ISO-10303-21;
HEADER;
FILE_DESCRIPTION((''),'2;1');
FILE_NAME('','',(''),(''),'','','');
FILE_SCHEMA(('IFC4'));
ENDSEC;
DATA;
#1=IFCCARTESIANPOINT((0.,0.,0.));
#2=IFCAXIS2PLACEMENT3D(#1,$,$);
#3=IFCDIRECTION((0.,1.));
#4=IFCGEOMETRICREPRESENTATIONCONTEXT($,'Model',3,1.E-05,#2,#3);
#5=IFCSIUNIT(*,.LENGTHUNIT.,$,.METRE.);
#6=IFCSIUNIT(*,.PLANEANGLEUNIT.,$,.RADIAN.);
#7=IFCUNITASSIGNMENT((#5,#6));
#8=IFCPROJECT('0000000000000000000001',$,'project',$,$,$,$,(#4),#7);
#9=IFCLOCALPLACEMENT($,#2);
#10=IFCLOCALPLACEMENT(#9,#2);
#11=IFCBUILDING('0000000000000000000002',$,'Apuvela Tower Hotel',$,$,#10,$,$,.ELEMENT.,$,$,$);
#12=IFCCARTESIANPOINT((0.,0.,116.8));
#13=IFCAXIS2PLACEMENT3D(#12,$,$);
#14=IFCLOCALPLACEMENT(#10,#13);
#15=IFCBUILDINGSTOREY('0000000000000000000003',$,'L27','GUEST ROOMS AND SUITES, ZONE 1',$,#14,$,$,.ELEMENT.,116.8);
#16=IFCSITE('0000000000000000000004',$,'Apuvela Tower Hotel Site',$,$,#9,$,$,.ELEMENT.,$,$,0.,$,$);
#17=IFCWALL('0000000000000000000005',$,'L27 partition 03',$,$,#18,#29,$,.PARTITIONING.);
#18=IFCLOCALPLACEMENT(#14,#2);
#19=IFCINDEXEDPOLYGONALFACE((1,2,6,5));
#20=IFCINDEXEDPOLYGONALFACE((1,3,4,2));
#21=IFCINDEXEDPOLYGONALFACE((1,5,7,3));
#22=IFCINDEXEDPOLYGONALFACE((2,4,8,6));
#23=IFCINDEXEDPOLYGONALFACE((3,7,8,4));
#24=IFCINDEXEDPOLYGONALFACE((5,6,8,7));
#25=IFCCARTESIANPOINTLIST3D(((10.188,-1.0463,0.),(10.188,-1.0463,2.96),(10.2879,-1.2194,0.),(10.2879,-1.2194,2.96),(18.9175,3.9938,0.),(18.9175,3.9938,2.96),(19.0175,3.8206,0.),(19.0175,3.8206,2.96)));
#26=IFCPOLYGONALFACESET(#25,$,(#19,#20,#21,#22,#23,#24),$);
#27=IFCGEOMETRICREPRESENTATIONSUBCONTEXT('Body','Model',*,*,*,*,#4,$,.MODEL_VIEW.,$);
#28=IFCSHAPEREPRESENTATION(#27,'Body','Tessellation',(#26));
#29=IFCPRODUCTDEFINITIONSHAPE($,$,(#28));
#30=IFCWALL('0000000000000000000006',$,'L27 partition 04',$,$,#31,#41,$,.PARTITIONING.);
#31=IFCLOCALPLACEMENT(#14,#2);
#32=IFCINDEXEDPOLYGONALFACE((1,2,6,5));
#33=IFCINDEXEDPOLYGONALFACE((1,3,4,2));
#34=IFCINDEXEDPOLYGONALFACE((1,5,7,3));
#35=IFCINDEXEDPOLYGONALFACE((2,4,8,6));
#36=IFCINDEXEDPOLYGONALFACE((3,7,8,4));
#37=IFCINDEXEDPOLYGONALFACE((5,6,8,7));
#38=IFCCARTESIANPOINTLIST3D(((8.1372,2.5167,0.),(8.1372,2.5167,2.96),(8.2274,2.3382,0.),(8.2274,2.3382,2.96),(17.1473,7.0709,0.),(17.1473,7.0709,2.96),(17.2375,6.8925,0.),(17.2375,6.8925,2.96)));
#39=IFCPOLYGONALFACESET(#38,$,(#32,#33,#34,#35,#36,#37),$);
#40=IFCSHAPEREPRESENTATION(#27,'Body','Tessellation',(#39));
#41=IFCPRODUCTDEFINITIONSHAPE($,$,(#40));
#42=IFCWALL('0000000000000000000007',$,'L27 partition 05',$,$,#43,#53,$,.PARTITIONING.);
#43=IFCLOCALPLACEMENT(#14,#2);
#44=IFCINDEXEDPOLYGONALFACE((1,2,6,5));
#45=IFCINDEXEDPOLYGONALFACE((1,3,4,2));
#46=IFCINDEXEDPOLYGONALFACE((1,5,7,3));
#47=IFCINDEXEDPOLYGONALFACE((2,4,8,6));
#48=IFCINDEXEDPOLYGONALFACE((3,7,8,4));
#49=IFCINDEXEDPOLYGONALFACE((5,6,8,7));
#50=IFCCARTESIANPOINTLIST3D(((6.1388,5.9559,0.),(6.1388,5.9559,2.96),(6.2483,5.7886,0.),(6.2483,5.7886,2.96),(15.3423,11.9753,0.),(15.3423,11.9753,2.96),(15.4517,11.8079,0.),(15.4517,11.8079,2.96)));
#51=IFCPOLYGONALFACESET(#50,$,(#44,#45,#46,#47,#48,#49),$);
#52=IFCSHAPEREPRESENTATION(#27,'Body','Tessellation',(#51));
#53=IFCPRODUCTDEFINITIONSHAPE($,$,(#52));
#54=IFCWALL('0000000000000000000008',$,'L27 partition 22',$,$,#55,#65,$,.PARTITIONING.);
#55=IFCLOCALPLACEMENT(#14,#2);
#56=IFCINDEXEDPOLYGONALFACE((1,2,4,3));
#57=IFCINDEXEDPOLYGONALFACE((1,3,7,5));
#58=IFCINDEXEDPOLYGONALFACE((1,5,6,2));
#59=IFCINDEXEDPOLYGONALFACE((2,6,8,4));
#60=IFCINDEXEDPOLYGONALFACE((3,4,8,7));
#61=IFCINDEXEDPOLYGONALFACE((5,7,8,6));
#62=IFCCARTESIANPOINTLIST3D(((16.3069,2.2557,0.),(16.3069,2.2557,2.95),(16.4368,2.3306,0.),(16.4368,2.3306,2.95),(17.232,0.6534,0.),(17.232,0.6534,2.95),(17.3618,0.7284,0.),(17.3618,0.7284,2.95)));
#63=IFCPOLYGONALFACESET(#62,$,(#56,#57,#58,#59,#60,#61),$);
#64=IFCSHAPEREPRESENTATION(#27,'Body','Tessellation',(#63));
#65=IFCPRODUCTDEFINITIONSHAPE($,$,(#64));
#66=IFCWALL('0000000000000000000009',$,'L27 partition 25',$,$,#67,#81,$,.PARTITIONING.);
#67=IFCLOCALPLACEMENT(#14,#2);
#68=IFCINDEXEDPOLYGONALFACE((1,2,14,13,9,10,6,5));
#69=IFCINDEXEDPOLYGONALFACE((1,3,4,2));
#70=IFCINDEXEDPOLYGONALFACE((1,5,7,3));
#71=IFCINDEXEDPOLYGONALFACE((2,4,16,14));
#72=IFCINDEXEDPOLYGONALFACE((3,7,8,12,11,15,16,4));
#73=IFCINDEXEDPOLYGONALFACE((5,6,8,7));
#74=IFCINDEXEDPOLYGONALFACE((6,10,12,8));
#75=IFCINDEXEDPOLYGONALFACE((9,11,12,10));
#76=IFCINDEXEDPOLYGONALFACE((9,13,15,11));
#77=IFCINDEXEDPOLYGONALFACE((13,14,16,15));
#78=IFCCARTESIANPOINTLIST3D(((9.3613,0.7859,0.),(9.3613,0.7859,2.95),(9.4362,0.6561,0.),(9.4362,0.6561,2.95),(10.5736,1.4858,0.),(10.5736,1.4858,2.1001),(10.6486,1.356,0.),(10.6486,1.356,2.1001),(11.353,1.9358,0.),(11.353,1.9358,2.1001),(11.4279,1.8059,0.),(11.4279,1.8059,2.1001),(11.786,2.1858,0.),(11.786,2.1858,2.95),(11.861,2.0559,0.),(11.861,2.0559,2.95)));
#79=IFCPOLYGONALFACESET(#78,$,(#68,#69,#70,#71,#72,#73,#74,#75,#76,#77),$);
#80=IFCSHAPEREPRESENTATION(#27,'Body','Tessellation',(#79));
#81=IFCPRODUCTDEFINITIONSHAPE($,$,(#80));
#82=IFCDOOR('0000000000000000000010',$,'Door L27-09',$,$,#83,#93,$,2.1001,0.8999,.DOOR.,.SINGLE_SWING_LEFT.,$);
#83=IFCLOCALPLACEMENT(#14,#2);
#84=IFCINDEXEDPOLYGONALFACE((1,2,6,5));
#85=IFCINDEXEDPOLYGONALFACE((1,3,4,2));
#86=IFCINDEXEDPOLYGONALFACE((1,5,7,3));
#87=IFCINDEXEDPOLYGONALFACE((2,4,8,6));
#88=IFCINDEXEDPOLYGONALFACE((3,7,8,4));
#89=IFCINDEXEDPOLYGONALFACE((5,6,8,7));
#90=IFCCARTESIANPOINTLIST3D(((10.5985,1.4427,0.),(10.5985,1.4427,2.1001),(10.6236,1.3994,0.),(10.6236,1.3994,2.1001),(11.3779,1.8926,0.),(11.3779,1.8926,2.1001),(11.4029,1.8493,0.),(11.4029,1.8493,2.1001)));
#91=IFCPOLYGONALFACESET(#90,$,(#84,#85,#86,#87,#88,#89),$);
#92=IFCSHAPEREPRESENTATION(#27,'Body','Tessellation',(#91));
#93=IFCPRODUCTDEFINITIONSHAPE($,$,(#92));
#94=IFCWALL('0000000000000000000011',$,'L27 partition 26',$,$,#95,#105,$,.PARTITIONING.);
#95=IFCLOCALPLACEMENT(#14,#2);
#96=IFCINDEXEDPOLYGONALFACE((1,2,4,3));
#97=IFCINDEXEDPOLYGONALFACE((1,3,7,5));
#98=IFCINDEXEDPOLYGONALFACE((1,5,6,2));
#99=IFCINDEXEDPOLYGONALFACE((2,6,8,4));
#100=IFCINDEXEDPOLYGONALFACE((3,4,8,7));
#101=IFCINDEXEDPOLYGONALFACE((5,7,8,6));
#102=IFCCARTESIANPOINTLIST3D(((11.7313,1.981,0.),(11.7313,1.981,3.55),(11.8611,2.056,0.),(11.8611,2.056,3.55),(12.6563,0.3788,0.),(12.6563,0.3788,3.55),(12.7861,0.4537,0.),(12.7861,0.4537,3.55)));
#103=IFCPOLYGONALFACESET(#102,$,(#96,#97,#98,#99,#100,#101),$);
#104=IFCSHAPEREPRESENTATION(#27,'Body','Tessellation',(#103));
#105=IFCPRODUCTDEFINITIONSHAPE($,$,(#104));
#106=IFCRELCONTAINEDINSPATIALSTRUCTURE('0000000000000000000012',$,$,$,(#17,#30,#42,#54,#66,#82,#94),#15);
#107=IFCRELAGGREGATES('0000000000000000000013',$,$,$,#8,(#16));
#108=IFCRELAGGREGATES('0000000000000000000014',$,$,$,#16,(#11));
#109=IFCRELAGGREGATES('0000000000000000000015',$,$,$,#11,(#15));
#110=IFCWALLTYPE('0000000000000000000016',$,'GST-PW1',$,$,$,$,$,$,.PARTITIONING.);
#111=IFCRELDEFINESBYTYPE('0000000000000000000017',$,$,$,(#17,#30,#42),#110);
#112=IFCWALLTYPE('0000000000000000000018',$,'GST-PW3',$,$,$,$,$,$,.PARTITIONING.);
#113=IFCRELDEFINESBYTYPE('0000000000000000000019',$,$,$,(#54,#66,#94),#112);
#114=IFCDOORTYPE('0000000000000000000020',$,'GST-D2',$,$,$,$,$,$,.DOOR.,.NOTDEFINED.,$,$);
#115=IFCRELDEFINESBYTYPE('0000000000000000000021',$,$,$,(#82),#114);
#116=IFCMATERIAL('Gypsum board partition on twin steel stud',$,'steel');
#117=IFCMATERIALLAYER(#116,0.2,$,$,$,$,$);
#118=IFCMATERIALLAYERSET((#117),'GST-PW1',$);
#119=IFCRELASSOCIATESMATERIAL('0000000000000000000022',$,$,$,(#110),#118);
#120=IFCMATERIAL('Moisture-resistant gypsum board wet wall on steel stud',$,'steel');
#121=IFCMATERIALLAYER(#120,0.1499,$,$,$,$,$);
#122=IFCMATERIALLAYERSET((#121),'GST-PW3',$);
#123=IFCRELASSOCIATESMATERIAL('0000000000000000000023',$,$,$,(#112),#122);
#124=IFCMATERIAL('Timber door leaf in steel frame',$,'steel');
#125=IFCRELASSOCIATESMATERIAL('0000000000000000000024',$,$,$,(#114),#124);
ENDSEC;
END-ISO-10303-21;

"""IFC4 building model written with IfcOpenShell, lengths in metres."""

from ifc_helpers import new_model, si_unit, direction, frame, frame_2d, origin, place, context, subcontext, project, spatial, rectangle, extrude, material, layer, layer_set, type_object, element, fill, save


model = new_model("IFC4")

# Units and contexts
model_context = context("Model", 3, precision=1e-05, world=origin(), true_north=direction((0.0, 1.0)))
body_context = subcontext(model_context, "Body", "Model", "MODEL_VIEW")
ifc_project = project(units=[si_unit("LENGTHUNIT", "METRE"), si_unit("PLANEANGLEUNIT", "RADIAN")], contexts=[model_context])

# Site, building, storey
site_placement = place(None, origin())
site = spatial("IfcSite", under=ifc_project, at=site_placement, Name="Apuvela Tower Hotel Site", CompositionType="ELEMENT", RefElevation=0.0)
building_placement = place(site_placement, origin())
building = spatial("IfcBuilding", under=site, at=building_placement, Name="Apuvela Tower Hotel", CompositionType="ELEMENT")
storey_placement = place(building_placement, frame((0.0, 0.0, 116.8)))
storey = spatial("IfcBuildingStorey", under=building, at=storey_placement, Name="L27", Description="GUEST ROOMS AND SUITES, ZONE 1", CompositionType="ELEMENT", Elevation=116.8)

# Walls
ifc_material_1 = material(Name="Gypsum board partition on twin steel stud", Category="steel")
ifc_layer_1 = layer(ifc_material_1, 0.2)
ifc_layer_set_1 = layer_set([ifc_layer_1], Name="GST-PW1")
wall_type_1 = type_object("IfcWallType", Name="GST-PW1", PredefinedType="PARTITIONING", material=ifc_layer_set_1)
wall_1_placement = place(storey_placement, frame((18.9675, 3.9072, 0.0), z_axis=(0.0, 0.0, 1.0), x_axis=(-0.866023, -0.500005, 0.0)))
element("IfcWall", 1, at=wall_1_placement, inside=storey, type_object=wall_type_1, Name="L27 partition 03", PredefinedType="PARTITIONING", context=body_context, shape_type="SweptSolid", body=[
    extrude(rectangle(XDim=10.0801, YDim=0.2, at=frame_2d((5.04, 0.0))), origin(), (0.0, 0.0, 1.0), 2.96),
])
wall_2_placement = place(storey_placement, frame((17.1924, 6.9817, 0.0), z_axis=(0.0, 0.0, 1.0), x_axis=(-0.89247, -0.451108, 0.0)))
element("IfcWall", 2, at=wall_2_placement, inside=storey, type_object=wall_type_1, Name="L27 partition 04", PredefinedType="PARTITIONING", context=body_context, shape_type="SweptSolid", body=[
    extrude(rectangle(XDim=10.0957, YDim=0.2, at=frame_2d((5.0479, 0.0))), origin(), (0.0, 0.0, 1.0), 2.96),
])
wall_3_placement = place(storey_placement, frame((15.397, 11.8916, 0.0), z_axis=(0.0, 0.0, 1.0), x_axis=(-0.836899, -0.547358, 0.0)))
element("IfcWall", 3, at=wall_3_placement, inside=storey, type_object=wall_type_1, Name="L27 partition 05", PredefinedType="PARTITIONING", context=body_context, shape_type="SweptSolid", body=[
    extrude(rectangle(XDim=10.9971, YDim=0.2, at=frame_2d((5.4985, 0.0))), origin(), (0.0, 0.0, 1.0), 2.96),
])
ifc_material_2 = material(Name="Moisture-resistant gypsum board wet wall on steel stud", Category="steel")
ifc_layer_2 = layer(ifc_material_2, 0.1499)
ifc_layer_set_2 = layer_set([ifc_layer_2], Name="GST-PW3")
wall_type_2 = type_object("IfcWallType", Name="GST-PW3", PredefinedType="PARTITIONING", material=ifc_layer_set_2)
wall_4_placement = place(storey_placement, frame((17.2969, 0.6909, 0.0), z_axis=(0.0, 0.0, 1.0), x_axis=(-0.499985, 0.866034, 0.0)))
element("IfcWall", 4, at=wall_4_placement, inside=storey, type_object=wall_type_2, Name="L27 partition 22", PredefinedType="PARTITIONING", context=body_context, shape_type="SweptSolid", body=[
    extrude(rectangle(XDim=1.8501, YDim=0.1499, at=frame_2d((0.925, 0.0))), origin(), (0.0, 0.0, 1.0), 2.95),
])

# Wall, opening, door
wall_5_placement = place(storey_placement, frame((11.8235, 2.1208, 0.0), z_axis=(0.0, 0.0, 1.0), x_axis=(-0.866035, -0.499984, 0.0)))
wall_5 = element("IfcWall", 5, at=wall_5_placement, inside=storey, type_object=wall_type_2, Name="L27 partition 25", PredefinedType="PARTITIONING", context=body_context, shape_type="SweptSolid", body=[
    extrude(rectangle(XDim=2.7998, YDim=0.1499, at=frame_2d((1.3999, 0.0))), origin(), (0.0, 0.0, 1.0), 2.95),
])
opening_1_placement = place(wall_5_placement, frame((0.5, 0.0, 0.0)))
opening_1 = element("IfcOpeningElement", 6, at=opening_1_placement, cuts=wall_5, PredefinedType="OPENING", context=body_context, shape_type="SweptSolid", body=[
    extrude(rectangle(XDim=0.8999, YDim=2.1001, at=frame_2d((0.45, 1.05))), frame((0.0, 0.085, 0.0), z_axis=(0.0, -1.0, 0.0), x_axis=(1.0, 0.0, 0.0)), (0.0, 0.0, 1.0), 0.1699),
])
ifc_material_3 = material(Name="Timber door leaf in steel frame", Category="steel")
door_type_1 = type_object("IfcDoorType", Name="GST-D2", OperationType="NOTDEFINED", PredefinedType="DOOR", material=ifc_material_3)
door_1_placement = place(opening_1_placement, origin())
door_1 = element("IfcDoor", 7, at=door_1_placement, inside=storey, type_object=door_type_1, Name="Door L27-09", OperationType="SINGLE_SWING_LEFT", OverallHeight=2.1001, OverallWidth=0.8999, PredefinedType="DOOR", context=body_context, shape_type="SweptSolid", body=[
    extrude(rectangle(XDim=0.8999, YDim=2.1001, at=frame_2d((0.45, 1.05))), frame((0.0, 0.0249, 0.0), z_axis=(0.0, -1.0, 0.0), x_axis=(1.0, 0.0, 0.0)), (0.0, 0.0, 1.0), 0.05),
])
fill(opening_1, door_1)

# Wall
wall_6_placement = place(storey_placement, frame((12.7212, 0.4163, 0.0), z_axis=(0.0, 0.0, 1.0), x_axis=(-0.499985, 0.866034, 0.0)))
element("IfcWall", 8, at=wall_6_placement, inside=storey, type_object=wall_type_2, Name="L27 partition 26", PredefinedType="PARTITIONING", context=body_context, shape_type="SweptSolid", body=[
    extrude(rectangle(XDim=1.8501, YDim=0.1499, at=frame_2d((0.925, 0.0))), origin(), (0.0, 0.0, 1.0), 3.55),
])

save(model, "model.ifc")
